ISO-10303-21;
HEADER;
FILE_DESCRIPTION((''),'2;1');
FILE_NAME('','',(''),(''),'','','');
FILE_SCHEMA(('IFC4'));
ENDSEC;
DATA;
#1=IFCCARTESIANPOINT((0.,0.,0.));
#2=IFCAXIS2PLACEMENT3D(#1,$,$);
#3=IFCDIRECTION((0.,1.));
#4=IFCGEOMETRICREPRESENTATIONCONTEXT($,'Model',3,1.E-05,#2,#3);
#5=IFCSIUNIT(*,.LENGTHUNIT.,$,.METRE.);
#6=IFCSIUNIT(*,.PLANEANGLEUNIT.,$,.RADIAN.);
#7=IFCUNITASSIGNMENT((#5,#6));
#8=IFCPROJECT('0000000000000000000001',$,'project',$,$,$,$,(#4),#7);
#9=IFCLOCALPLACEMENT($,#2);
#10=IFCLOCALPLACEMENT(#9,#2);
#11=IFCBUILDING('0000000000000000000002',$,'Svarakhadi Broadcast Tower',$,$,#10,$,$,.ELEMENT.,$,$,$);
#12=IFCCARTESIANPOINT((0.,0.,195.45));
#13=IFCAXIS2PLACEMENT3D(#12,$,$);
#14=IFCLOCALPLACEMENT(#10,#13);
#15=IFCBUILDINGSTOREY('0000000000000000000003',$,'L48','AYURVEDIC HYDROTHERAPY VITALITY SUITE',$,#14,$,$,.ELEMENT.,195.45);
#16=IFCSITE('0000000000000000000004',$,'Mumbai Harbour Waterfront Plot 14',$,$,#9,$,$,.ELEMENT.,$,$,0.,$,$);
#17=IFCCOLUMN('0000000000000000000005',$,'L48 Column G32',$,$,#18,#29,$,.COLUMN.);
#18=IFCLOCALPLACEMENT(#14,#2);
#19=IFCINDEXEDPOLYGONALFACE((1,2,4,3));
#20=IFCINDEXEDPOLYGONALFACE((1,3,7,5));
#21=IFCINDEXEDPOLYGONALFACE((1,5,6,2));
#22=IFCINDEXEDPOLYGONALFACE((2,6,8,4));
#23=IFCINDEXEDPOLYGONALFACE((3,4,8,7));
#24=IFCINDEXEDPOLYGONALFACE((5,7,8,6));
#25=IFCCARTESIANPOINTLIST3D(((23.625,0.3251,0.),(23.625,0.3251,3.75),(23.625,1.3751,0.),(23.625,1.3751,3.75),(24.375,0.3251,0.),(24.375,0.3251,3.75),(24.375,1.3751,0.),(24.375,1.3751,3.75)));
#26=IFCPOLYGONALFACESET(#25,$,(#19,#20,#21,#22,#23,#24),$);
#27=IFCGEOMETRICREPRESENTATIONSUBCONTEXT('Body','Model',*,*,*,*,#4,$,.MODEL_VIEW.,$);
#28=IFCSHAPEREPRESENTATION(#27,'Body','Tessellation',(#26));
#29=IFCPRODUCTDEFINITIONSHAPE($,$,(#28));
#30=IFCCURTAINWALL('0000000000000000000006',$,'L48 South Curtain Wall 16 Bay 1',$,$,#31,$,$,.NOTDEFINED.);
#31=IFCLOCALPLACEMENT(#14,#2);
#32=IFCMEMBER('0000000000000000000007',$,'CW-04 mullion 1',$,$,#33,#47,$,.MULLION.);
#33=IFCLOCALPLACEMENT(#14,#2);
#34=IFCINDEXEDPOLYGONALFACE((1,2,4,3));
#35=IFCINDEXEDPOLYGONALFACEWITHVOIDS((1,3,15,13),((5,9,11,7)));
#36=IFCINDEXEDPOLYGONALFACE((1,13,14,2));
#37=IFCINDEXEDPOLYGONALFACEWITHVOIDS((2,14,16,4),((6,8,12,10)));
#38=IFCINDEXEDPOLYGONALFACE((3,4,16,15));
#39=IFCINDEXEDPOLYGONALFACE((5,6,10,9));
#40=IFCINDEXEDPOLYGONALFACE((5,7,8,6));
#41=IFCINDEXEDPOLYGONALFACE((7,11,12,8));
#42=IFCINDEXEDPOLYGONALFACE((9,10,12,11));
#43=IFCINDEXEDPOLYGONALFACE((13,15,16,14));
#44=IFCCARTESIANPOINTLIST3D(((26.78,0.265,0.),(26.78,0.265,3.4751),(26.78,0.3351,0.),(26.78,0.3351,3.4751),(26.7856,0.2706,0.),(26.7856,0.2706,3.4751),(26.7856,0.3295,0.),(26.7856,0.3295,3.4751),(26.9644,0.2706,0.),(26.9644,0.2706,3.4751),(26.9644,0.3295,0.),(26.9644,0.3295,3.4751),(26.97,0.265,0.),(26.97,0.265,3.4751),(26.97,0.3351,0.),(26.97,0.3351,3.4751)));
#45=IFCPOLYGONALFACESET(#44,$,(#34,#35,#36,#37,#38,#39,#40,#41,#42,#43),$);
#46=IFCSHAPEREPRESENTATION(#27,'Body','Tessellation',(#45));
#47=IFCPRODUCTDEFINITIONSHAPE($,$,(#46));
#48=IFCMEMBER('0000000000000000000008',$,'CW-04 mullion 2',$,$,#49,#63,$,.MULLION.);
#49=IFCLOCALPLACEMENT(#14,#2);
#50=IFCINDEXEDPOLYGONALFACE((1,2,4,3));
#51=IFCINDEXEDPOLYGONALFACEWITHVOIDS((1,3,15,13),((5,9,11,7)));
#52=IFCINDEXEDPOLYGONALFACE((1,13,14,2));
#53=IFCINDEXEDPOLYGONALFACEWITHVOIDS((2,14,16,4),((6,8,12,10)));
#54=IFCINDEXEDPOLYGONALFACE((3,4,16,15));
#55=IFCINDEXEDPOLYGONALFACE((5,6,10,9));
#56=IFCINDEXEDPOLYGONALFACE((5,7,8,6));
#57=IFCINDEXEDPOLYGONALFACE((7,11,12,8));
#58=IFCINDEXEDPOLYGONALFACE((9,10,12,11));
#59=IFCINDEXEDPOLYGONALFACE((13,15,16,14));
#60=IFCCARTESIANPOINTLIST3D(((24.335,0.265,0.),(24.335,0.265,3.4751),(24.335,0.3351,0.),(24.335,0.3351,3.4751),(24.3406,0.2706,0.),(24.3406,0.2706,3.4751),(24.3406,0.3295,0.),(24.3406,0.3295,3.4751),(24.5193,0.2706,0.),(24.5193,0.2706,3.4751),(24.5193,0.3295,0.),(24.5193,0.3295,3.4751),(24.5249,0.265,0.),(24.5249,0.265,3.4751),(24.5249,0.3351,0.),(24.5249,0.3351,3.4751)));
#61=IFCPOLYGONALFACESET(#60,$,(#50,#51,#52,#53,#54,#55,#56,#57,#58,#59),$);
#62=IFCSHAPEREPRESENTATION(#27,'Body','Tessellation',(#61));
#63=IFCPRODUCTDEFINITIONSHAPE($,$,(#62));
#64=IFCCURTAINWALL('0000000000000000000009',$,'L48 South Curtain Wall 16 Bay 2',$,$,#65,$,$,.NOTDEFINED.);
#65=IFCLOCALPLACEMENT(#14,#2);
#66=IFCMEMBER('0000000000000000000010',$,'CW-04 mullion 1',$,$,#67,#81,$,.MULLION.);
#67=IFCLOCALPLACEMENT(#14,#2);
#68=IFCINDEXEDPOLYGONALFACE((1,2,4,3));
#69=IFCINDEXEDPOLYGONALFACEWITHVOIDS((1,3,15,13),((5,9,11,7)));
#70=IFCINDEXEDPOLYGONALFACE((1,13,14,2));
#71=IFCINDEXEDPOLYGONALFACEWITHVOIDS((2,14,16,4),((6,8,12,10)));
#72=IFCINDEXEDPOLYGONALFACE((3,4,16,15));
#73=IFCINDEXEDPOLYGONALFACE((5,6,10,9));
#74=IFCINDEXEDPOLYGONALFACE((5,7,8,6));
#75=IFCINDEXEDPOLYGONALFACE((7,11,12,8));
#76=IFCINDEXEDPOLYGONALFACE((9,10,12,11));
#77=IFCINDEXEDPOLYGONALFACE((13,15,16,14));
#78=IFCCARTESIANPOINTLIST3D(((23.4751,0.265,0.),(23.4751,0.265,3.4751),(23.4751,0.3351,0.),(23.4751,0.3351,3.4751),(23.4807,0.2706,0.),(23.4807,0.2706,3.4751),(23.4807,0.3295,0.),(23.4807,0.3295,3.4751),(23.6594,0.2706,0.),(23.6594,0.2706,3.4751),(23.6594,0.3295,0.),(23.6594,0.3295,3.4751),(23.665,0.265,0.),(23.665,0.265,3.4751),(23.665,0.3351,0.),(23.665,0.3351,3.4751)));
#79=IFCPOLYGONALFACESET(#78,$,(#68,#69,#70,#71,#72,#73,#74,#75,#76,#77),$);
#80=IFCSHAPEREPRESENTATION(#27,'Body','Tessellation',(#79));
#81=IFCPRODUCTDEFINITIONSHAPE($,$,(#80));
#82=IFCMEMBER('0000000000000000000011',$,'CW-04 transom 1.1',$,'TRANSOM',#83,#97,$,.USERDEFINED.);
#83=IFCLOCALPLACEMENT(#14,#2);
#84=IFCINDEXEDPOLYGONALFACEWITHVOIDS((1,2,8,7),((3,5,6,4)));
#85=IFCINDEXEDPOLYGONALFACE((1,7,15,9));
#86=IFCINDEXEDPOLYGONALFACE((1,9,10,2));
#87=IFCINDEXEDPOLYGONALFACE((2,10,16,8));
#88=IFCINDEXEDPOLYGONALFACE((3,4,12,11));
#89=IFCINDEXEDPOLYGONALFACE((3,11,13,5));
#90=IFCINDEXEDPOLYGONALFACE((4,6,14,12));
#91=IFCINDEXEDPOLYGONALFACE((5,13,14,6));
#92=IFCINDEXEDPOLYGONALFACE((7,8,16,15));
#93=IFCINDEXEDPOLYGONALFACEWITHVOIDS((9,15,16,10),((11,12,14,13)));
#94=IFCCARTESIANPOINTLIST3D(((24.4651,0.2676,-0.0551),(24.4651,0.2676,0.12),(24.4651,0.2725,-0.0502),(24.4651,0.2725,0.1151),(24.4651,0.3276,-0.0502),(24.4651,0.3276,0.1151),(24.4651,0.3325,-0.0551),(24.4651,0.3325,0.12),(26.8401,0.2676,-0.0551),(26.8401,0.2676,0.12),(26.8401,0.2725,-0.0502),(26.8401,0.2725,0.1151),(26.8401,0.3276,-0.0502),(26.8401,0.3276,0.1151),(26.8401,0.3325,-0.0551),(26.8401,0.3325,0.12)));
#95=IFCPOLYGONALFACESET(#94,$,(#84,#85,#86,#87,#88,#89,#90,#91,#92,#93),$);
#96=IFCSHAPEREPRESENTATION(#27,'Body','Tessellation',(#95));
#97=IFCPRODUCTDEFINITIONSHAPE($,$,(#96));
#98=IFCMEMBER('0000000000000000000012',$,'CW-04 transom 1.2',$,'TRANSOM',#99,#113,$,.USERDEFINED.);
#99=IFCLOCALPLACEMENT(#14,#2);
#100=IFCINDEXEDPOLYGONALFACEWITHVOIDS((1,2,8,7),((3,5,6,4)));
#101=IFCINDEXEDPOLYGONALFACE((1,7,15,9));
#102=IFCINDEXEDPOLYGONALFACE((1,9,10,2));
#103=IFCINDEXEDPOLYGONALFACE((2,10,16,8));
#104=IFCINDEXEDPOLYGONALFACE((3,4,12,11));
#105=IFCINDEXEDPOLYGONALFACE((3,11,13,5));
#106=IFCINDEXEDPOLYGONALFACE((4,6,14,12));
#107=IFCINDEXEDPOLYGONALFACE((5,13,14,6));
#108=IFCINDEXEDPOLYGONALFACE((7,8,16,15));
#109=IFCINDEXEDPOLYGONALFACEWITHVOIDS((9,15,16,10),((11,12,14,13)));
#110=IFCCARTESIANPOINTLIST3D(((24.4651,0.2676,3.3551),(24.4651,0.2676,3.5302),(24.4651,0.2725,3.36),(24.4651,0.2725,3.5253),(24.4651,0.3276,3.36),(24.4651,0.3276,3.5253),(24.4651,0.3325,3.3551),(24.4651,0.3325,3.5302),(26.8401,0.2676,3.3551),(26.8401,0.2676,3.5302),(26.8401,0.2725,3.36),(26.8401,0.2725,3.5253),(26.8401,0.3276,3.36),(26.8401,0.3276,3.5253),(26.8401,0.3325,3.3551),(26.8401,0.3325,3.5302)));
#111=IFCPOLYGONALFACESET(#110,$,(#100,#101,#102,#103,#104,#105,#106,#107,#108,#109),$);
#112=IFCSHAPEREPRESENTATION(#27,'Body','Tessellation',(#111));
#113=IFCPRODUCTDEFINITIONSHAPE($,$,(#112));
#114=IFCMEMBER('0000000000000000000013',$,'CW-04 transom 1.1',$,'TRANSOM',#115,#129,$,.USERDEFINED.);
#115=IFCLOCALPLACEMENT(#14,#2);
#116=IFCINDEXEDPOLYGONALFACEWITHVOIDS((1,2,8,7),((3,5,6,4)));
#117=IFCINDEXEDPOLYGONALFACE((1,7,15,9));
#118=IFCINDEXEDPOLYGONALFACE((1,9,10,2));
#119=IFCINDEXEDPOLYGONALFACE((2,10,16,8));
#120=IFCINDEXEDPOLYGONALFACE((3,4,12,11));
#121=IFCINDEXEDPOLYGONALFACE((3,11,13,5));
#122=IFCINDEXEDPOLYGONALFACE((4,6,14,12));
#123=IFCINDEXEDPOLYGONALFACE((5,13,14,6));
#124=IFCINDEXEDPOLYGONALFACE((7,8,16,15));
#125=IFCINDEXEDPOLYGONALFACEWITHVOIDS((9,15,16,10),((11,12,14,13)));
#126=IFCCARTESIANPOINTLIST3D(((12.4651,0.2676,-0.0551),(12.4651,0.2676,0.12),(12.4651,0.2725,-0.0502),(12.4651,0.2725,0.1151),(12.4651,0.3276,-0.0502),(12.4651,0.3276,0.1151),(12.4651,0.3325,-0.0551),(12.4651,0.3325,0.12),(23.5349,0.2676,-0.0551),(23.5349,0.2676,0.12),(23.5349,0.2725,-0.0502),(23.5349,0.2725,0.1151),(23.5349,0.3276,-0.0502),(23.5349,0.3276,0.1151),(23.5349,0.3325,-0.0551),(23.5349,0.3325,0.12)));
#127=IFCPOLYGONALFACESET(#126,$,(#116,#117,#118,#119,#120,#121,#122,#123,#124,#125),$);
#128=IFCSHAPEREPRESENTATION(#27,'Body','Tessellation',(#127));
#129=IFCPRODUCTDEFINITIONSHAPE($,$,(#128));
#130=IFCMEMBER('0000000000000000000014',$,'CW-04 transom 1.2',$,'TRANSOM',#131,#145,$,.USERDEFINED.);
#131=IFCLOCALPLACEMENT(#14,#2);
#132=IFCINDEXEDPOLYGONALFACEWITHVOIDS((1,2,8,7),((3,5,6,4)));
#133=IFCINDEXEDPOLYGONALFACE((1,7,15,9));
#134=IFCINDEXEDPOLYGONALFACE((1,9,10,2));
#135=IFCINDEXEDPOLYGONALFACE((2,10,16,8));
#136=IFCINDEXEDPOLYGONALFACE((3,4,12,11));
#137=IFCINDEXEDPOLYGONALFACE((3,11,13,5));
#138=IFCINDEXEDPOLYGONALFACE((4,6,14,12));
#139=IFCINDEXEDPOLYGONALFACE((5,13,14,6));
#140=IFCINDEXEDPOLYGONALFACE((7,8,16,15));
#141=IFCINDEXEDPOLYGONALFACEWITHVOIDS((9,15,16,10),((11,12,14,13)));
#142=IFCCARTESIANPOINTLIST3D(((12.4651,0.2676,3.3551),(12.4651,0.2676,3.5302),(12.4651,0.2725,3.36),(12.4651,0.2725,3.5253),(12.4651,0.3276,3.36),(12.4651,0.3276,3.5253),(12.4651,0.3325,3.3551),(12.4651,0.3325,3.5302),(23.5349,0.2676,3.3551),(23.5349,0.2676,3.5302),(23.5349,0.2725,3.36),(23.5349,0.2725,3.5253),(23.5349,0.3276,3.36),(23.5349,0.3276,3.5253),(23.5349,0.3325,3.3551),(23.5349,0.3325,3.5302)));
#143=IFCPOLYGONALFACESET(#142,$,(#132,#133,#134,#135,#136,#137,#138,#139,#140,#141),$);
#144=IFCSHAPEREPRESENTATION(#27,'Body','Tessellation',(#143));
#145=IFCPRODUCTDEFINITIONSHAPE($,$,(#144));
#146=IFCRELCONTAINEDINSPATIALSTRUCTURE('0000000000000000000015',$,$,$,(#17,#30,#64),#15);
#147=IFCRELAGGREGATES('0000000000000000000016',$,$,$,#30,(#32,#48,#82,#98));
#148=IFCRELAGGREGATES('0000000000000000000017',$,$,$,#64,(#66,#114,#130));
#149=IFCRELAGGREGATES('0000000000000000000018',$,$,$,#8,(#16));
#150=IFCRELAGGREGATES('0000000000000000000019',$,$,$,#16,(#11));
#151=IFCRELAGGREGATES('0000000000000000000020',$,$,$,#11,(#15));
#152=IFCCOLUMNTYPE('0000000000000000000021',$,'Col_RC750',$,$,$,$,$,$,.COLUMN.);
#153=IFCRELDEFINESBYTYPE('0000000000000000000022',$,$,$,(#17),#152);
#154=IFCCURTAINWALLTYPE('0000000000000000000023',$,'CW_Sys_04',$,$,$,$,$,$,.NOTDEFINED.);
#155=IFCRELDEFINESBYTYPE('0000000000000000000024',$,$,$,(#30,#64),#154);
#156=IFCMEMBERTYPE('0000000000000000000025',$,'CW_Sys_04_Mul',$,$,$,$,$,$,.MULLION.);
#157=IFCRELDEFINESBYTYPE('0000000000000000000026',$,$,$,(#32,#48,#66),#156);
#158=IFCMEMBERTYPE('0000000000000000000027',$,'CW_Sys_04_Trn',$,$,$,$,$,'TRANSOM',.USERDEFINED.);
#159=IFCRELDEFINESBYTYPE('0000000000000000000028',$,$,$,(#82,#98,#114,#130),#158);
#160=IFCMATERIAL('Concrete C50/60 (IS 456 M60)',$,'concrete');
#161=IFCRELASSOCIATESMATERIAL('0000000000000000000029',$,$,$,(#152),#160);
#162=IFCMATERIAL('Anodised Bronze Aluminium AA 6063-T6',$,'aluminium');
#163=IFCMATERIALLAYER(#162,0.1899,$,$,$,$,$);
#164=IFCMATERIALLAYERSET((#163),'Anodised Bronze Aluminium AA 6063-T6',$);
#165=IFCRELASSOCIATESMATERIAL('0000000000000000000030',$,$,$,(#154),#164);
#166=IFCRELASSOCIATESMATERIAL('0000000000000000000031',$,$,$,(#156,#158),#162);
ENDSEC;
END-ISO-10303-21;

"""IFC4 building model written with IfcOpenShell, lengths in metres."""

from ifc_helpers import new_model, si_unit, direction, frame, origin, origin_2d, place, context, subcontext, project, spatial, rectangle, hollow_rectangle, extrude, material, layer, layer_set, material_profile, profile_set, type_object, element, aggregate, save


model = new_model("IFC4")

# Units and contexts
model_context = context("Model", 3, precision=1e-05, world=origin(), true_north=direction((0.0, 1.0)))
body_context = subcontext(model_context, "Body", "Model", "MODEL_VIEW")
ifc_project = project(units=[si_unit("LENGTHUNIT", "METRE"), si_unit("PLANEANGLEUNIT", "RADIAN")], contexts=[model_context])

# Site, building, storey
site_placement = place(None, origin())
site = spatial("IfcSite", under=ifc_project, at=site_placement, Name="Mumbai Harbour Waterfront Plot 14", CompositionType="ELEMENT", RefElevation=0.0)
building_placement = place(site_placement, origin())
building = spatial("IfcBuilding", under=site, at=building_placement, Name="Svarakhadi Broadcast Tower", CompositionType="ELEMENT")
storey_placement = place(building_placement, frame((0.0, 0.0, 195.45)))
storey = spatial("IfcBuildingStorey", under=building, at=storey_placement, Name="L48", Description="AYURVEDIC HYDROTHERAPY VITALITY SUITE", CompositionType="ELEMENT", Elevation=195.45)

# Column
ifc_material_1 = material(Name="Concrete C50/60 (IS 456 M60)", Category="concrete")
ifc_material_profile_1 = material_profile(ifc_material_1, rectangle(XDim=0.75, YDim=1.05, at=origin_2d()), Name="RC 750x1050")
ifc_profile_set_1 = profile_set([ifc_material_profile_1], Name="Concrete C50/60 (IS 456 M60)")
column_type = type_object("IfcColumnType", Name="Col_RC750", PredefinedType="COLUMN", material=ifc_profile_set_1)
column_placement = place(storey_placement, frame((24.0, 0.8501, 0.0), z_axis=(0.0, 0.0, 1.0), x_axis=(1.0, 0.0, 0.0)))
element("IfcColumn", 1, at=column_placement, inside=storey, type_object=column_type, Name="L48 Column G32", PredefinedType="COLUMN", context=body_context, shape_type="SweptSolid", body=[
    extrude(rectangle(XDim=0.75, YDim=1.05, at=origin_2d()), origin(), (0.0, 0.0, 1.0), 3.75),
])

# Curtain wall, members
ifc_material_2 = material(Name="Anodised Bronze Aluminium AA 6063-T6", Category="aluminium")
ifc_layer_1 = layer(ifc_material_2, 0.1899)
ifc_layer_set_1 = layer_set([ifc_layer_1], Name="Anodised Bronze Aluminium AA 6063-T6")
curtain_wall_type = type_object("IfcCurtainWallType", Name="CW_Sys_04", PredefinedType="NOTDEFINED", material=ifc_layer_set_1)
curtain_wall_1_placement = place(storey_placement, origin())
curtain_wall_1 = element("IfcCurtainWall", 2, at=curtain_wall_1_placement, inside=storey, type_object=curtain_wall_type, Name="L48 South Curtain Wall 16 Bay 1", PredefinedType="NOTDEFINED")
ifc_material_profile_2 = material_profile(ifc_material_2, hollow_rectangle(XDim=0.0701, YDim=0.1899, WallThickness=0.0056, at=origin_2d()), Name="ALU MULLION 190x70x6")
ifc_profile_set_2 = profile_set([ifc_material_profile_2], Name="Anodised Bronze Aluminium AA 6063-T6")
member_type_1 = type_object("IfcMemberType", Name="CW_Sys_04_Mul", PredefinedType="MULLION", material=ifc_profile_set_2)
member_1_placement = place(storey_placement, frame((26.875, 0.3, 0.0), z_axis=(0.0, 0.0, 1.0), x_axis=(0.0, -1.0, 0.0)))
member_1 = element("IfcMember", 3, at=member_1_placement, type_object=member_type_1, Name="CW-04 mullion 1", PredefinedType="MULLION", context=body_context, shape_type="SweptSolid", body=[
    extrude(hollow_rectangle(XDim=0.0701, YDim=0.1899, WallThickness=0.0056, at=origin_2d()), origin(), (0.0, 0.0, 1.0), 3.4751),
])
member_2_placement = place(storey_placement, frame((24.4299, 0.3, 0.0), z_axis=(0.0, 0.0, 1.0), x_axis=(0.0, -1.0, 0.0)))
member_2 = element("IfcMember", 4, at=member_2_placement, type_object=member_type_1, Name="CW-04 mullion 2", PredefinedType="MULLION", context=body_context, shape_type="SweptSolid", body=[
    extrude(hollow_rectangle(XDim=0.0701, YDim=0.1899, WallThickness=0.0056, at=origin_2d()), origin(), (0.0, 0.0, 1.0), 3.4751),
])

# Curtain wall, member
curtain_wall_2_placement = place(storey_placement, origin())
curtain_wall_2 = element("IfcCurtainWall", 5, at=curtain_wall_2_placement, inside=storey, type_object=curtain_wall_type, Name="L48 South Curtain Wall 16 Bay 2", PredefinedType="NOTDEFINED")
member_3_placement = place(storey_placement, frame((23.5701, 0.3, 0.0), z_axis=(0.0, 0.0, 1.0), x_axis=(0.0, -1.0, 0.0)))
member_3 = element("IfcMember", 6, at=member_3_placement, type_object=member_type_1, Name="CW-04 mullion 1", PredefinedType="MULLION", context=body_context, shape_type="SweptSolid", body=[
    extrude(hollow_rectangle(XDim=0.0701, YDim=0.1899, WallThickness=0.0056, at=origin_2d()), origin(), (0.0, 0.0, 1.0), 3.4751),
])

# Members
ifc_material_profile_3 = material_profile(ifc_material_2, hollow_rectangle(XDim=0.0649, YDim=0.175, WallThickness=0.0049, at=origin_2d()), Name="ALU TRANSOM 175x65x5")
ifc_profile_set_3 = profile_set([ifc_material_profile_3], Name="Anodised Bronze Aluminium AA 6063-T6")
member_type_2 = type_object("IfcMemberType", Name="CW_Sys_04_Trn", ElementType="TRANSOM", PredefinedType="USERDEFINED", material=ifc_profile_set_3)
member_4_placement = place(storey_placement, frame((26.8401, 0.3, 0.0325), z_axis=(-1.0, 0.0, 0.0), x_axis=(0.0, -1.0, 0.0)))
member_4 = element("IfcMember", 7, at=member_4_placement, type_object=member_type_2, Name="CW-04 transom 1.1", ObjectType="TRANSOM", PredefinedType="USERDEFINED", context=body_context, shape_type="SweptSolid", body=[
    extrude(hollow_rectangle(XDim=0.0649, YDim=0.175, WallThickness=0.0049, at=origin_2d()), origin(), (0.0, 0.0, 1.0), 2.375),
])
member_5_placement = place(storey_placement, frame((26.8401, 0.3, 3.4426), z_axis=(-1.0, 0.0, 0.0), x_axis=(0.0, -1.0, 0.0)))
member_5 = element("IfcMember", 8, at=member_5_placement, type_object=member_type_2, Name="CW-04 transom 1.2", ObjectType="TRANSOM", PredefinedType="USERDEFINED", context=body_context, shape_type="SweptSolid", body=[
    extrude(hollow_rectangle(XDim=0.0649, YDim=0.175, WallThickness=0.0049, at=origin_2d()), origin(), (0.0, 0.0, 1.0), 2.375),
])
member_6_placement = place(storey_placement, frame((23.5349, 0.3, 0.0325), z_axis=(-1.0, 0.0, 0.0), x_axis=(0.0, -1.0, 0.0)))
member_6 = element("IfcMember", 9, at=member_6_placement, type_object=member_type_2, Name="CW-04 transom 1.1", ObjectType="TRANSOM", PredefinedType="USERDEFINED", context=body_context, shape_type="SweptSolid", body=[
    extrude(hollow_rectangle(XDim=0.0649, YDim=0.175, WallThickness=0.0049, at=origin_2d()), origin(), (0.0, 0.0, 1.0), 11.0698),
])
member_7_placement = place(storey_placement, frame((23.5349, 0.3, 3.4426), z_axis=(-1.0, 0.0, 0.0), x_axis=(0.0, -1.0, 0.0)))
member_7 = element("IfcMember", 10, at=member_7_placement, type_object=member_type_2, Name="CW-04 transom 1.2", ObjectType="TRANSOM", PredefinedType="USERDEFINED", context=body_context, shape_type="SweptSolid", body=[
    extrude(hollow_rectangle(XDim=0.0649, YDim=0.175, WallThickness=0.0049, at=origin_2d()), origin(), (0.0, 0.0, 1.0), 11.0698),
])

aggregate(curtain_wall_1, [member_1, member_2, member_4, member_5])
aggregate(curtain_wall_2, [member_3, member_6, member_7])

save(model, "model.ifc")
